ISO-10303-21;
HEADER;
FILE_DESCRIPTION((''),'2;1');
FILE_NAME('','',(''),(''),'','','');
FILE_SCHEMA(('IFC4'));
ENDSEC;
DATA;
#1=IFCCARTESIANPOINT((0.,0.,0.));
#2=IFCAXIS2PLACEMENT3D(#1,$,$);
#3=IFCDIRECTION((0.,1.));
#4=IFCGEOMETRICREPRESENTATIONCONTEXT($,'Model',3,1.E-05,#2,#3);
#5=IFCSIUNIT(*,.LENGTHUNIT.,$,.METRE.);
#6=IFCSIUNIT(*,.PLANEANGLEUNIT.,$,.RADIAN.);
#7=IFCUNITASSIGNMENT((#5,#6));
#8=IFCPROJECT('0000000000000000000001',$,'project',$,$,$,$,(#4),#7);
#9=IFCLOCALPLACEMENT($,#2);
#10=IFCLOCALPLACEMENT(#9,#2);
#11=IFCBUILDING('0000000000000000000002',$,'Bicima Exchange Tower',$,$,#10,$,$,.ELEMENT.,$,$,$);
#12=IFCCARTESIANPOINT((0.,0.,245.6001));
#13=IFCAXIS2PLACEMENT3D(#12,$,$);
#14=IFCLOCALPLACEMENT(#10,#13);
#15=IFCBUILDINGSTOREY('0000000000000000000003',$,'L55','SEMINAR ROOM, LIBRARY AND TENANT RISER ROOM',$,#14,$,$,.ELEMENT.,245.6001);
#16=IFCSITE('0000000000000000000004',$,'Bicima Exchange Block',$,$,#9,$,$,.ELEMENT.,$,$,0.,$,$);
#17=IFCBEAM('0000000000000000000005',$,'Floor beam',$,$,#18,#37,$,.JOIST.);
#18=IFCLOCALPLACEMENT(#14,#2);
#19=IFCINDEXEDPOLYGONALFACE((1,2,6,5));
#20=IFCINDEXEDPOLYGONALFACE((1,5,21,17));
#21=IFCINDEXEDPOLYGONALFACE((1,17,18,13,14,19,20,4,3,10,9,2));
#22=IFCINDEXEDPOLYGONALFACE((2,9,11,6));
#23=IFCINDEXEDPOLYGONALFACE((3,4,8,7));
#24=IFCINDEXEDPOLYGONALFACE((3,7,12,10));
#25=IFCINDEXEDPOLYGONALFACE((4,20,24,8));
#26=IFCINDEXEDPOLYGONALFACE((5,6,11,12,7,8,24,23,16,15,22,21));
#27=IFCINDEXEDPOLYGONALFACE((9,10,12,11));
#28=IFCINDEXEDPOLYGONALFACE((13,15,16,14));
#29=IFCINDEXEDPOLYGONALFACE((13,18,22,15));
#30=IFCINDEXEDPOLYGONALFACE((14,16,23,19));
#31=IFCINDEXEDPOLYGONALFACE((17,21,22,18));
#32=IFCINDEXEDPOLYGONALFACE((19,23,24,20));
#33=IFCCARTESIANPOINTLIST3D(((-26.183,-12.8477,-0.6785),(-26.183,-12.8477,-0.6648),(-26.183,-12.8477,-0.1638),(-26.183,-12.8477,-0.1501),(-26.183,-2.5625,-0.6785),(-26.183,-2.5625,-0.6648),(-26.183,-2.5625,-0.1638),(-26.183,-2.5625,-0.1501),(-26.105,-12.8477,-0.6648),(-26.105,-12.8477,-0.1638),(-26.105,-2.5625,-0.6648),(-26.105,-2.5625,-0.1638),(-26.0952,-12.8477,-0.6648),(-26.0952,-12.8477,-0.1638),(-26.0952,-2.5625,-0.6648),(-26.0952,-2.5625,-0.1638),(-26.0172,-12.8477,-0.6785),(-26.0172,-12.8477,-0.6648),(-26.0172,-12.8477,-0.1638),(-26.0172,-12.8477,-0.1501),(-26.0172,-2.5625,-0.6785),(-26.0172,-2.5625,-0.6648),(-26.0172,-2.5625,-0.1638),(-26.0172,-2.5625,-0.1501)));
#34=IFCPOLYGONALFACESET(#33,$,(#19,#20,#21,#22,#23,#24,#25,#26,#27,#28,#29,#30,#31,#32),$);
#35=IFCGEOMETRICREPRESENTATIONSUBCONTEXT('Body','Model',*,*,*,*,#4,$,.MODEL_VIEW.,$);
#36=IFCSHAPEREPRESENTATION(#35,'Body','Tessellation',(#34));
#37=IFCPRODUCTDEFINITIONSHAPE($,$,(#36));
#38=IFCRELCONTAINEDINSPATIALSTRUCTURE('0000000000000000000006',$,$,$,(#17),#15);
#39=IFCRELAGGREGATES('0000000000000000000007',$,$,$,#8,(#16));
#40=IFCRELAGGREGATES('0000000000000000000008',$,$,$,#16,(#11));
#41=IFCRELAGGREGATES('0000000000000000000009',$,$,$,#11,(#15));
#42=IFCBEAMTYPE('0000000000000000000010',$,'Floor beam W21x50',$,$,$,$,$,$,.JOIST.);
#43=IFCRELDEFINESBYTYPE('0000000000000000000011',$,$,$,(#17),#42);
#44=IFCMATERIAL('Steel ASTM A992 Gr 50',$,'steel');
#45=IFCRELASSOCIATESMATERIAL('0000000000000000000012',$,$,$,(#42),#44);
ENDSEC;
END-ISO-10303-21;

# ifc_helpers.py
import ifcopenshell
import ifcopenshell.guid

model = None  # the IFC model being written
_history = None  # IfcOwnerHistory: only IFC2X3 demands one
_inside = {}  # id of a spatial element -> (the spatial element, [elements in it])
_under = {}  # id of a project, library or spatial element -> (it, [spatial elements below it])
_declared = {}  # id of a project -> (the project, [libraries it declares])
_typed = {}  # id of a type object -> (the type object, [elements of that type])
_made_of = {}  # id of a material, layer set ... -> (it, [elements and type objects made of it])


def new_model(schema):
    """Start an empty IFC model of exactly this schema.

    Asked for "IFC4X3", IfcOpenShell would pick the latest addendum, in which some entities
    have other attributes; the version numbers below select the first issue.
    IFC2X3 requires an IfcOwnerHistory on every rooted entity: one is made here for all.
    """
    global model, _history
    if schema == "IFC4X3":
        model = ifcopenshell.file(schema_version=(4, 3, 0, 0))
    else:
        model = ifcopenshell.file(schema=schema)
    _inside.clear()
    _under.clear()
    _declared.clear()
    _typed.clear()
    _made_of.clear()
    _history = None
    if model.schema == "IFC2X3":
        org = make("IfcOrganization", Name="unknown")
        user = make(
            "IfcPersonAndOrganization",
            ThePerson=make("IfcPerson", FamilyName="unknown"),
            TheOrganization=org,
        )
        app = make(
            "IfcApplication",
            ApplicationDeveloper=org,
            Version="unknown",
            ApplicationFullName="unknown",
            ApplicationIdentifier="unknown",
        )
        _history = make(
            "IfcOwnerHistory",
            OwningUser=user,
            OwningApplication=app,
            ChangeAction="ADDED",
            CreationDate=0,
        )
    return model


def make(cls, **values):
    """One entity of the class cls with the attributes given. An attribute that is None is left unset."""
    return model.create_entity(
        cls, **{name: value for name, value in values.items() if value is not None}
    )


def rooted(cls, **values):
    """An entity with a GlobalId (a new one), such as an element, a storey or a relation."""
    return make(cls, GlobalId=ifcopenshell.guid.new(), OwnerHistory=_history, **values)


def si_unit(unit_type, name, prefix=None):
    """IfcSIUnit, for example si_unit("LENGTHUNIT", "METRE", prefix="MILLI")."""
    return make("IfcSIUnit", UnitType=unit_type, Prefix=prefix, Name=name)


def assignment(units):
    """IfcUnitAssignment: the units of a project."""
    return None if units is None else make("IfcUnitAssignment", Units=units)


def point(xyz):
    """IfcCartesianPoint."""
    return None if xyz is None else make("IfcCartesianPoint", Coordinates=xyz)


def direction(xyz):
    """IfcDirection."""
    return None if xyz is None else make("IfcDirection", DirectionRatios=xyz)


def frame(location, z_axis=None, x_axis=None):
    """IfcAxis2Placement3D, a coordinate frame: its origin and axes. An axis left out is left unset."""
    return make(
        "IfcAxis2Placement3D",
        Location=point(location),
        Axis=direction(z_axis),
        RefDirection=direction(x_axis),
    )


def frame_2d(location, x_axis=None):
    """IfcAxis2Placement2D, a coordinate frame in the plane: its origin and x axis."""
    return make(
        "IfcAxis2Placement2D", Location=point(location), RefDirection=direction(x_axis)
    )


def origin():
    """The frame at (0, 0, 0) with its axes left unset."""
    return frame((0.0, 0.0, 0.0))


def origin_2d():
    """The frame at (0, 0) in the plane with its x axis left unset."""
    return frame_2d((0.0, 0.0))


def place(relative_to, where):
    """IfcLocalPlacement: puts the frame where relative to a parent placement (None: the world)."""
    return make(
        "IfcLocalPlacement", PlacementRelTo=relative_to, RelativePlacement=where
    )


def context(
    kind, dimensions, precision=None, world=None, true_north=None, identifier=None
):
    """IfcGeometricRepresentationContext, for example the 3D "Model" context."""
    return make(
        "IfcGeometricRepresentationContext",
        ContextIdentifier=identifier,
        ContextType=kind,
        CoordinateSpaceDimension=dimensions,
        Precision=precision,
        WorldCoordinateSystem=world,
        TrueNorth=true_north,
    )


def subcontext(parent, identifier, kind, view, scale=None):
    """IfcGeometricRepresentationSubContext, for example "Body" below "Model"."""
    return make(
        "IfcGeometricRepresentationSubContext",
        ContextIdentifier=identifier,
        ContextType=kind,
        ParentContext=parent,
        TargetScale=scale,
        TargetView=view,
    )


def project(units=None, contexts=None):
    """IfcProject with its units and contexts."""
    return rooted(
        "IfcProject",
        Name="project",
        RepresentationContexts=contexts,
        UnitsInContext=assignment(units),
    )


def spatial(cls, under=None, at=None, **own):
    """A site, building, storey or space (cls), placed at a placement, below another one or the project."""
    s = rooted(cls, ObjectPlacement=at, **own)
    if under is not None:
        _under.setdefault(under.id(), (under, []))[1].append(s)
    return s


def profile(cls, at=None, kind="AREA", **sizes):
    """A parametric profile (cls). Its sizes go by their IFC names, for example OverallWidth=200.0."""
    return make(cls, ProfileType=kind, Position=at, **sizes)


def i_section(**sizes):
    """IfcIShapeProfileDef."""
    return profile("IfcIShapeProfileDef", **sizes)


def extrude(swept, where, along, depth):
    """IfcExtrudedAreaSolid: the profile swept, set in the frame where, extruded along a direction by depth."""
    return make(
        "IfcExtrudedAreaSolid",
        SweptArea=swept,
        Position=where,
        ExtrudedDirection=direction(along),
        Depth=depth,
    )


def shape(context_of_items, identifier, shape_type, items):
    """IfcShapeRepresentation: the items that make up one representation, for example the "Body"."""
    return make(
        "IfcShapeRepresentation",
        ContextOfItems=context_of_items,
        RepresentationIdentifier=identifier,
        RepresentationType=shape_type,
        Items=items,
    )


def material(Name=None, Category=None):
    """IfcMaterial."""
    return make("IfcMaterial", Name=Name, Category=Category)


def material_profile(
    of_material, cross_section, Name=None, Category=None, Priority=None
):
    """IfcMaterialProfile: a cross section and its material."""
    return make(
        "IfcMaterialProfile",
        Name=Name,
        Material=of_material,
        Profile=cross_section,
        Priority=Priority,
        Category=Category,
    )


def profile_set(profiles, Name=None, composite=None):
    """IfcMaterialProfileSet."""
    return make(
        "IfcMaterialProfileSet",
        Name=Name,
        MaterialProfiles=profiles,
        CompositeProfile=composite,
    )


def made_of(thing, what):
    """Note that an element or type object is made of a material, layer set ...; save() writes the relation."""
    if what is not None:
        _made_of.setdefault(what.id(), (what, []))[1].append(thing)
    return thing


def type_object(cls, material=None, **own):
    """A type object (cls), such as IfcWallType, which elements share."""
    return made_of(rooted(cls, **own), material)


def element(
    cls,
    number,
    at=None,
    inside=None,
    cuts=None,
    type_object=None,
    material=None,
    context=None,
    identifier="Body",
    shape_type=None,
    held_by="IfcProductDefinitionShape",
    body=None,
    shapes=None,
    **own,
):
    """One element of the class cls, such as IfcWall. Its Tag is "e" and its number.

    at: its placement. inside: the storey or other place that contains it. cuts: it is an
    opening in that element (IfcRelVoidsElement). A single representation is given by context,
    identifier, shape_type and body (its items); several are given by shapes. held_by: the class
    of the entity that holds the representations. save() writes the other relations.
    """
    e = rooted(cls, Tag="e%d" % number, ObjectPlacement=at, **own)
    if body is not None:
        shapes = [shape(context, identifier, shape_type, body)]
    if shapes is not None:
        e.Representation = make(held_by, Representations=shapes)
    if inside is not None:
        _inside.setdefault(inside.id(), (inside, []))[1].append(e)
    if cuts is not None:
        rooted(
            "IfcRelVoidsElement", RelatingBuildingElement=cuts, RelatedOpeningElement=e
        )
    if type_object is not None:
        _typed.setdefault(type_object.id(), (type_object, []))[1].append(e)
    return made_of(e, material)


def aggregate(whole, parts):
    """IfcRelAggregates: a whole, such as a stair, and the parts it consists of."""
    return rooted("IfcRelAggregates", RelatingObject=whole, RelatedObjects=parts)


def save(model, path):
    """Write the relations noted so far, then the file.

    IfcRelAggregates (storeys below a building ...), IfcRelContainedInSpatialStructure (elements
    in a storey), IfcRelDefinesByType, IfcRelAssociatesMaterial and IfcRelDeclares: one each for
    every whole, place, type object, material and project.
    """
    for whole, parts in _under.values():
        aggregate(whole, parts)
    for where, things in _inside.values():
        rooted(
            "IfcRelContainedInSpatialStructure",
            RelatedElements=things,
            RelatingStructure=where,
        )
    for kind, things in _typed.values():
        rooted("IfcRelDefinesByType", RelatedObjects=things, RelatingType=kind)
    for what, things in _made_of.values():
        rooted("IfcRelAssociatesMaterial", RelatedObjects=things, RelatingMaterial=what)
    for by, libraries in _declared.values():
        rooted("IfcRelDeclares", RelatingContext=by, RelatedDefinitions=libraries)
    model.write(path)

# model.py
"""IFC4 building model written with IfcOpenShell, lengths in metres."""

from ifc_helpers import new_model, si_unit, direction, frame, origin, origin_2d, place, context, subcontext, project, spatial, i_section, extrude, material, material_profile, profile_set, type_object, element, save


model = new_model("IFC4")

# Units and contexts
model_context = context("Model", 3, precision=1e-05, world=origin(), true_north=direction((0.0, 1.0)))
body_context = subcontext(model_context, "Body", "Model", "MODEL_VIEW")
ifc_project = project(units=[si_unit("LENGTHUNIT", "METRE"), si_unit("PLANEANGLEUNIT", "RADIAN")], contexts=[model_context])

# Site, building, storey
site_placement = place(None, origin())
site = spatial("IfcSite", under=ifc_project, at=site_placement, Name="Bicima Exchange Block", CompositionType="ELEMENT", RefElevation=0.0)
building_placement = place(site_placement, origin())
building = spatial("IfcBuilding", under=site, at=building_placement, Name="Bicima Exchange Tower", CompositionType="ELEMENT")
storey_placement = place(building_placement, frame((0.0, 0.0, 245.6001)))
storey = spatial("IfcBuildingStorey", under=building, at=storey_placement, Name="L55", Description="SEMINAR ROOM, LIBRARY AND TENANT RISER ROOM", CompositionType="ELEMENT", Elevation=245.6001)

# Beam
ifc_material_1 = material(Name="Steel ASTM A992 Gr 50", Category="steel")
ifc_material_profile = material_profile(ifc_material_1, i_section(OverallWidth=0.1658, OverallDepth=0.5283, WebThickness=0.0098, FlangeThickness=0.0137, at=origin_2d()))
ifc_profile_set = profile_set([ifc_material_profile], Name="Steel ASTM A992 Gr 50")
beam_type = type_object("IfcBeamType", Name="Floor beam W21x50", PredefinedType="JOIST", material=ifc_profile_set)
beam_placement = place(storey_placement, frame((-26.1001, -2.5625, -0.4143), z_axis=(0.0, -1.0, 0.0), x_axis=(1.0, 0.0, 0.0)))
element("IfcBeam", 1, at=beam_placement, inside=storey, type_object=beam_type, Name="Floor beam", PredefinedType="JOIST", context=body_context, shape_type="SweptSolid", body=[
    extrude(i_section(OverallWidth=0.1658, OverallDepth=0.5283, WebThickness=0.0098, FlangeThickness=0.0137, at=origin_2d()), origin(), (0.0, 0.0, 1.0), 10.2852),
])

save(model, "model.ifc")
